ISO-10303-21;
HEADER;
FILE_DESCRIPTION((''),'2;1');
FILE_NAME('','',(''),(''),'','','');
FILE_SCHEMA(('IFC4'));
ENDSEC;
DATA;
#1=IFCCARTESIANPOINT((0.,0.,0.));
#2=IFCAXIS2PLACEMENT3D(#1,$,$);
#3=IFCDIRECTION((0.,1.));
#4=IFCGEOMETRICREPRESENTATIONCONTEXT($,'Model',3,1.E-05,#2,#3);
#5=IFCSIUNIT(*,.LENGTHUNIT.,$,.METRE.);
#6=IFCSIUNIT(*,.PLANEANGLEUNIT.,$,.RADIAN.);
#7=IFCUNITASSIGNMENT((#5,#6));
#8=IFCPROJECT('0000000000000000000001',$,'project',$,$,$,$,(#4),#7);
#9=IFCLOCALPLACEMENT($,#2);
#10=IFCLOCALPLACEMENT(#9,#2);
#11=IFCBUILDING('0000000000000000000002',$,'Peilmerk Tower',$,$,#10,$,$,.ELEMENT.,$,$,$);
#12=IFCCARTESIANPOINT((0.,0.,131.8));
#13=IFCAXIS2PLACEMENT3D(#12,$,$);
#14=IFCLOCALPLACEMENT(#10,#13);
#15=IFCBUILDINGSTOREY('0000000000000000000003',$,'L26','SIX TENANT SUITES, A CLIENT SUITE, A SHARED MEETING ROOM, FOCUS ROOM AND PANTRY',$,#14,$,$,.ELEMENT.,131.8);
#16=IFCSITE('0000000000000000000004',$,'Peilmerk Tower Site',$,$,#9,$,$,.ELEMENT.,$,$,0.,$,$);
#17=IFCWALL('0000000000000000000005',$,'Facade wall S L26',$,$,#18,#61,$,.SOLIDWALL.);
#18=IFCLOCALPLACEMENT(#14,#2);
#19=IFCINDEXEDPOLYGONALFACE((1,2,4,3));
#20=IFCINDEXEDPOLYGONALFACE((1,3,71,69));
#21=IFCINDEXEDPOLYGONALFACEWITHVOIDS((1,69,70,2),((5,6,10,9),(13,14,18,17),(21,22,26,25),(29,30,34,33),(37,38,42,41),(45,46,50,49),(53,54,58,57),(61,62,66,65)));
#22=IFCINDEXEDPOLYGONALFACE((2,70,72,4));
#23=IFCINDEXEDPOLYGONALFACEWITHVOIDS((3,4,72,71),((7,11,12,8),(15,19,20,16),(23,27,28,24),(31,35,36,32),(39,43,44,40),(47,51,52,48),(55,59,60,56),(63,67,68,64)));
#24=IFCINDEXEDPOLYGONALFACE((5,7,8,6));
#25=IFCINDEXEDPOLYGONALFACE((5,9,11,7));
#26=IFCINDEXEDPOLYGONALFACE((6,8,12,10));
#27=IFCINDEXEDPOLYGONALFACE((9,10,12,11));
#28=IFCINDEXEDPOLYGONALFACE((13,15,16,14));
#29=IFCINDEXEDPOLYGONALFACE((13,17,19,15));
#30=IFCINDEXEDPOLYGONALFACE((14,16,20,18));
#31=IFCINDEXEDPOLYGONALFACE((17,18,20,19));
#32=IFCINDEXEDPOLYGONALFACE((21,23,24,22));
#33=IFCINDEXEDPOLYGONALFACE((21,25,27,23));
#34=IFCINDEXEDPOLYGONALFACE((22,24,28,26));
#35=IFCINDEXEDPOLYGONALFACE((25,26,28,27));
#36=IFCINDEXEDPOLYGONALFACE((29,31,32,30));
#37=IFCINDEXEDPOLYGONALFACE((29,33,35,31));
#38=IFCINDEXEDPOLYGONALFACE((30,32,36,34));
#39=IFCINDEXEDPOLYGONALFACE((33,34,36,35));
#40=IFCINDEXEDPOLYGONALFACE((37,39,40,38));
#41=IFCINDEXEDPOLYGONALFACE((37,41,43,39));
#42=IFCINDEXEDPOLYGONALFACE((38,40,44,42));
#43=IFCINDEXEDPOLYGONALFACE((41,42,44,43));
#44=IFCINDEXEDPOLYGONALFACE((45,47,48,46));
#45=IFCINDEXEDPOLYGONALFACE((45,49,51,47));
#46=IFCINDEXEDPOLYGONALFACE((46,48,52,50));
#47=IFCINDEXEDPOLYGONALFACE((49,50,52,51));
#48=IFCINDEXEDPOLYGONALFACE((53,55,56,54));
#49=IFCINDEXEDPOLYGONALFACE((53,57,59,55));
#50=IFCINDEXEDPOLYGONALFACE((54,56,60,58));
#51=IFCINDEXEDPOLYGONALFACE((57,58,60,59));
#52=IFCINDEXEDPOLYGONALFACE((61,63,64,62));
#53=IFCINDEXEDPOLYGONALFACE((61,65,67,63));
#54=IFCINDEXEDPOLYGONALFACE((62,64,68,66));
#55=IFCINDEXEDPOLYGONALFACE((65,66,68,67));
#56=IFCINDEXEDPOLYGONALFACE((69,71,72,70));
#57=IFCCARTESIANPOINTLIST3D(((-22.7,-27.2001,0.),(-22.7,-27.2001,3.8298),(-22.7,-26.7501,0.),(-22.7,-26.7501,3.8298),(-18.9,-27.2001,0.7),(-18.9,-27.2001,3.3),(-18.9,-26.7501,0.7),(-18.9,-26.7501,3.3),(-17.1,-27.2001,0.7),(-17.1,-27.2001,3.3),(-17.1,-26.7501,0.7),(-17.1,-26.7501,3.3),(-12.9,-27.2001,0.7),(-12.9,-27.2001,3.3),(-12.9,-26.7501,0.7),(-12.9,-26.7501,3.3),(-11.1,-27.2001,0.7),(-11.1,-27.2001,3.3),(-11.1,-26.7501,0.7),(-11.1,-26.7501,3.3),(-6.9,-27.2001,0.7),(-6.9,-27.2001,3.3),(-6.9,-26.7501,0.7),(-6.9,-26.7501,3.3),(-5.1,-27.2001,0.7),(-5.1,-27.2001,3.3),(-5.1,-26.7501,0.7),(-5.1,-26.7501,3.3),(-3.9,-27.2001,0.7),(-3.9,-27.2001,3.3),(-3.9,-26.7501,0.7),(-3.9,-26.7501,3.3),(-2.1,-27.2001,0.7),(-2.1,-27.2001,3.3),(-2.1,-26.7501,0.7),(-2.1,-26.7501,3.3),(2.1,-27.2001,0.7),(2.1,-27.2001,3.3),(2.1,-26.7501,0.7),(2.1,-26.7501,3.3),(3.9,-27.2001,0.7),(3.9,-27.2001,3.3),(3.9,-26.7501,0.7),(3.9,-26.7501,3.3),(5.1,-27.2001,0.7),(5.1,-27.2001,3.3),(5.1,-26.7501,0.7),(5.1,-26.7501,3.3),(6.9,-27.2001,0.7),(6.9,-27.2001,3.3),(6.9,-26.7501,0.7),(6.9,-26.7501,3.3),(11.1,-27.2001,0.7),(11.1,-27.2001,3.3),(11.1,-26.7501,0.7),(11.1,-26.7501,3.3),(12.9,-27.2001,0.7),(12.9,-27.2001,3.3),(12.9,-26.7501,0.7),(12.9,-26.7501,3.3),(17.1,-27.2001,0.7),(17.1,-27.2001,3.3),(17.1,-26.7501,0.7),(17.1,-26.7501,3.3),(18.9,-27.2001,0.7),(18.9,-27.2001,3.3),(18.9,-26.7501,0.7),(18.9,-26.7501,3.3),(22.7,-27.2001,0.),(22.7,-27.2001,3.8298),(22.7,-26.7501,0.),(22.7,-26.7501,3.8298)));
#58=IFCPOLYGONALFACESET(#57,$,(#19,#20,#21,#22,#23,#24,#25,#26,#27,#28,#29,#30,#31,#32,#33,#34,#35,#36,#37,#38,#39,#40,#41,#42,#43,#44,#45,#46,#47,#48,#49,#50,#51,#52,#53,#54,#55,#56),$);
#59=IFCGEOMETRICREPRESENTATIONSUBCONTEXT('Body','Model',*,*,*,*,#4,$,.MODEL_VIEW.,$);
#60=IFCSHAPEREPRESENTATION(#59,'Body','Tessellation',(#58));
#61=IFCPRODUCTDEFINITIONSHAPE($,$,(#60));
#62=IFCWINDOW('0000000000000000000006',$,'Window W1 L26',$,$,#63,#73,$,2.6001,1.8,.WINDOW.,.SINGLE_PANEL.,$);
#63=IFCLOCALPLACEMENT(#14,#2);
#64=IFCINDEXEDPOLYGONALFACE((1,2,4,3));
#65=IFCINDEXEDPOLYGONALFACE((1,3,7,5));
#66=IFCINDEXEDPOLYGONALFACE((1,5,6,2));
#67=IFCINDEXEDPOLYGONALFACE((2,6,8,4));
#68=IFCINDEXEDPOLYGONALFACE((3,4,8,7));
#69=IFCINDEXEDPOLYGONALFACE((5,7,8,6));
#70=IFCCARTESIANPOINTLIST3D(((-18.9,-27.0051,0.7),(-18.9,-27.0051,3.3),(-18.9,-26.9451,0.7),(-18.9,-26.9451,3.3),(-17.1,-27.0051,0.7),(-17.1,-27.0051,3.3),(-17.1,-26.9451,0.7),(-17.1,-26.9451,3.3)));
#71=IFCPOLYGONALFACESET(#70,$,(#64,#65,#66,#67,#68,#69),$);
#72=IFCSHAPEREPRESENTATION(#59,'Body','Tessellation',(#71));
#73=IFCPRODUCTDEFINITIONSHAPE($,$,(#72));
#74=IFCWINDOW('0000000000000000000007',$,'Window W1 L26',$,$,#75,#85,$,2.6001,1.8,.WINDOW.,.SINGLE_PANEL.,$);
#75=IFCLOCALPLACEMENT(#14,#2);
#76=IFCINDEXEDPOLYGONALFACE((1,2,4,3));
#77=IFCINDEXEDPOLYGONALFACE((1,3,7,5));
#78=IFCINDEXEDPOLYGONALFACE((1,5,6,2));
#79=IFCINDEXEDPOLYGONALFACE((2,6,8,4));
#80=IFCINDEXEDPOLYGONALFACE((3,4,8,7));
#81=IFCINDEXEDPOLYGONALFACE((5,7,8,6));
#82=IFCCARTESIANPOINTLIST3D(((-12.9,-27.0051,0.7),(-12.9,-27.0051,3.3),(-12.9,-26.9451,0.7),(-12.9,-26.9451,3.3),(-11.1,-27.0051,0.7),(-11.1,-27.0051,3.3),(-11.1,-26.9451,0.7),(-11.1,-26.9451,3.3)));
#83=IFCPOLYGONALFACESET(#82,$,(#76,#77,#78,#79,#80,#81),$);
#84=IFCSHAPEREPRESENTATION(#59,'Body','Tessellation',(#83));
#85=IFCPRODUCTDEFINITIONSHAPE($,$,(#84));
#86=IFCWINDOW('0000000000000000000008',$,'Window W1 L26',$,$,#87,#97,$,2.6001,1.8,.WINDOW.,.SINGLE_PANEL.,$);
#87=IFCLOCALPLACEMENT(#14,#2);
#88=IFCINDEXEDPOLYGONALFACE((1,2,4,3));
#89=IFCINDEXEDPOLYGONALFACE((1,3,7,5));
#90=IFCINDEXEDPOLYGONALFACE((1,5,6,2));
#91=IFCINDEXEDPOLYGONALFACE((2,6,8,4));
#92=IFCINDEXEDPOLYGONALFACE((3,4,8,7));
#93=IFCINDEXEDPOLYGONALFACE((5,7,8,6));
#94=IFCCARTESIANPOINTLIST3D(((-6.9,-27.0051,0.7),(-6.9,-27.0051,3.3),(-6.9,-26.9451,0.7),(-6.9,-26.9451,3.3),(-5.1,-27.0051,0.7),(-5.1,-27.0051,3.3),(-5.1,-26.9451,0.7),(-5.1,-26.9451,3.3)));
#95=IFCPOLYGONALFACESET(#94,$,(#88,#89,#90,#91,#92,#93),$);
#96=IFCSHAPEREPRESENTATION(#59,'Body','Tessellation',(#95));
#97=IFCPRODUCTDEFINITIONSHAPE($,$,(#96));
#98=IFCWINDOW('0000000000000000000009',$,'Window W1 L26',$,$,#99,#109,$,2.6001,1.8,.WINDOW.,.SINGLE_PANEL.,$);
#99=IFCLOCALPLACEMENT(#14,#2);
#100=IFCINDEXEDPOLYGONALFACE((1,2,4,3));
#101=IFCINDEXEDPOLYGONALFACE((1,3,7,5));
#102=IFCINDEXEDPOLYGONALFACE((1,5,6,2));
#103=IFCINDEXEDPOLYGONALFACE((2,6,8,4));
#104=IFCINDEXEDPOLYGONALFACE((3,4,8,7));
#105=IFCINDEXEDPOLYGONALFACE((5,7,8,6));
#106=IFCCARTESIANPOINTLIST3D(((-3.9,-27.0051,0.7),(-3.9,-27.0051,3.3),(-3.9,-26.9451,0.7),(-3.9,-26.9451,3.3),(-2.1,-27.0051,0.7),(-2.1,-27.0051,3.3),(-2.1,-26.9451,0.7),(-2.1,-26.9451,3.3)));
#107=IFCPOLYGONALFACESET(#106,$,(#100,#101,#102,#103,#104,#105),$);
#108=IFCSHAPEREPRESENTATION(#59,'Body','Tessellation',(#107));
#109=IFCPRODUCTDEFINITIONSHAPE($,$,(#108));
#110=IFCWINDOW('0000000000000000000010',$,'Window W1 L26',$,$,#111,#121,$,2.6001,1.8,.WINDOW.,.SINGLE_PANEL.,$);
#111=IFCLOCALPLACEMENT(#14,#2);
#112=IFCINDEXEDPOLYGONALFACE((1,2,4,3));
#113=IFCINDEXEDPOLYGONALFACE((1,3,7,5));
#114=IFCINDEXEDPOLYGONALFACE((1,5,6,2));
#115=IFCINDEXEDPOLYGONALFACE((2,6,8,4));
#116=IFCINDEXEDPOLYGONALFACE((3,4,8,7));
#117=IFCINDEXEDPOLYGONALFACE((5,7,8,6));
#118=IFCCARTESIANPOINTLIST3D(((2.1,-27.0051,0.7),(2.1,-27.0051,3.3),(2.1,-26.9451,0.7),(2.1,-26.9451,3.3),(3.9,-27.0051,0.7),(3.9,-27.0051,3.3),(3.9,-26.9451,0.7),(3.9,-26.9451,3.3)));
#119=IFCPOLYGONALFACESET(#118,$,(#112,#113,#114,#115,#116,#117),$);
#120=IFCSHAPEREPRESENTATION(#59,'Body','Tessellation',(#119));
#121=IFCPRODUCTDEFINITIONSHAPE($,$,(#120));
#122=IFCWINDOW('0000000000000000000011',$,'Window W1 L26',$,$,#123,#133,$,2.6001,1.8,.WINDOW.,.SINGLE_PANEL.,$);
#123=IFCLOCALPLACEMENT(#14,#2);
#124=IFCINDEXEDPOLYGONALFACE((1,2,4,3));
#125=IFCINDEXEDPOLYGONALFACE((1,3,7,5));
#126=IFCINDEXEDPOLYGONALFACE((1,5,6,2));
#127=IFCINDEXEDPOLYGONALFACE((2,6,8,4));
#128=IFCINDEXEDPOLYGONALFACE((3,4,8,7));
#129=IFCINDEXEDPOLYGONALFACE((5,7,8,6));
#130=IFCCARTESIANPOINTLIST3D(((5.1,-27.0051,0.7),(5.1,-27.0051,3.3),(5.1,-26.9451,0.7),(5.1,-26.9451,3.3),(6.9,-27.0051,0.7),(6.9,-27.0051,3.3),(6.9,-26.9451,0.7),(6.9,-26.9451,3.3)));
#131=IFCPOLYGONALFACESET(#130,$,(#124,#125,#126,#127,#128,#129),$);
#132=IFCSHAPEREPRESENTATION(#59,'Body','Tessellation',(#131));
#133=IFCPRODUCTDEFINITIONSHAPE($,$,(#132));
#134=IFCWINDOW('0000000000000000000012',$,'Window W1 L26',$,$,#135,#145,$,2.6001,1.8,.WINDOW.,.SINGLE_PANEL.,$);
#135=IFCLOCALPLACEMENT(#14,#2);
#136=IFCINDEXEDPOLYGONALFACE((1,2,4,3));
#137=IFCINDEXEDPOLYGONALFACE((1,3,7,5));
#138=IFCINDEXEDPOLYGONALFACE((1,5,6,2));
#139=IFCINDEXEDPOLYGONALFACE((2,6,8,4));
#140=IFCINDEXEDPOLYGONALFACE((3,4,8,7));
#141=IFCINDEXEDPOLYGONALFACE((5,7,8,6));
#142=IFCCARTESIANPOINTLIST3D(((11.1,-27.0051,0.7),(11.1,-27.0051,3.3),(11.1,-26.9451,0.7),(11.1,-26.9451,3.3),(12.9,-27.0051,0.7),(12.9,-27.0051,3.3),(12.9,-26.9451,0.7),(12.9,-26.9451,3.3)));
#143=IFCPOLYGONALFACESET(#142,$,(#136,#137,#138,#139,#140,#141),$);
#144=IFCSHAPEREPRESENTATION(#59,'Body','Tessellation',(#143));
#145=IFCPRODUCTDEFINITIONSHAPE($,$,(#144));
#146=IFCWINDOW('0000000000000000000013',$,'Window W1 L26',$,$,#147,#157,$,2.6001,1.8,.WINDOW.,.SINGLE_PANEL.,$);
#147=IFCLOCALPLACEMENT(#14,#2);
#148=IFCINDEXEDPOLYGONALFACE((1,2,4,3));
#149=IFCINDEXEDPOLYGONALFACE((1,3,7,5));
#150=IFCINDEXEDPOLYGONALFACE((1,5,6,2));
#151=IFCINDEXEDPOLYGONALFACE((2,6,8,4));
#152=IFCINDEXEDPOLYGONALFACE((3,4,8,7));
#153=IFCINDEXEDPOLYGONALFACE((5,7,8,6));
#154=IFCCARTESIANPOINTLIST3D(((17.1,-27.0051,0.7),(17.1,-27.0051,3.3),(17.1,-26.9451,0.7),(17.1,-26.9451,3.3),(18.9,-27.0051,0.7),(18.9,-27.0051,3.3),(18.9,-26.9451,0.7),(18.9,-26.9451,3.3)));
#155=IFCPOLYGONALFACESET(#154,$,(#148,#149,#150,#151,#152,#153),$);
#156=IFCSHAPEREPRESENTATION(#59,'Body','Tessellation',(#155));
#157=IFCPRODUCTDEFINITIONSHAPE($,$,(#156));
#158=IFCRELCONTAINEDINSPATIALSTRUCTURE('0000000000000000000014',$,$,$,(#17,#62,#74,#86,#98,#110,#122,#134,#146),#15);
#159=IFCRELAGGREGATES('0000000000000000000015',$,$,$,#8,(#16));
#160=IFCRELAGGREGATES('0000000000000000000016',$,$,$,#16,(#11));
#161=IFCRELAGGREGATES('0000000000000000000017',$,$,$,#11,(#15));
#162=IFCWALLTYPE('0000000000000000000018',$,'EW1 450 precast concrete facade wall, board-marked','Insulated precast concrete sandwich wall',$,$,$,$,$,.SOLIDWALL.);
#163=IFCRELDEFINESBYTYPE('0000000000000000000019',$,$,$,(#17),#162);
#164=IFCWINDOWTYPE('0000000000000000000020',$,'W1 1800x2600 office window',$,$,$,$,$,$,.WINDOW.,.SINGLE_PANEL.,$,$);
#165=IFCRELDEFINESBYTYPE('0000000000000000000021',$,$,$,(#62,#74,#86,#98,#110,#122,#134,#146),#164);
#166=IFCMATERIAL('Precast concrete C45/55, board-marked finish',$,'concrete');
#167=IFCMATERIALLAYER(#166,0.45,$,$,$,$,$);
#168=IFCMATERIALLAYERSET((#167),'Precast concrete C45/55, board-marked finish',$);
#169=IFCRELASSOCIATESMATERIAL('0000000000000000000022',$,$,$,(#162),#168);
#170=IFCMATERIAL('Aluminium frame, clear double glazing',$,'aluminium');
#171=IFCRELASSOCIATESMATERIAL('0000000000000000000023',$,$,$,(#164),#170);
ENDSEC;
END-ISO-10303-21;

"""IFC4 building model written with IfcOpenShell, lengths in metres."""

from ifc_helpers import new_model, si_unit, direction, frame, frame_2d, origin, place, context, subcontext, project, spatial, rectangle, extrude, material, layer, layer_set, type_object, element, fill, save


model = new_model("IFC4")

# Units and contexts
model_context = context("Model", 3, precision=1e-05, world=origin(), true_north=direction((0.0, 1.0)))
body_context = subcontext(model_context, "Body", "Model", "MODEL_VIEW")
ifc_project = project(units=[si_unit("LENGTHUNIT", "METRE"), si_unit("PLANEANGLEUNIT", "RADIAN")], contexts=[model_context])

# Site, building, storey
site_placement = place(None, origin())
site = spatial("IfcSite", under=ifc_project, at=site_placement, Name="Peilmerk Tower Site", CompositionType="ELEMENT", RefElevation=0.0)
building_placement = place(site_placement, origin())
building = spatial("IfcBuilding", under=site, at=building_placement, Name="Peilmerk Tower", CompositionType="ELEMENT")
storey_placement = place(building_placement, frame((0.0, 0.0, 131.8)))
storey = spatial("IfcBuildingStorey", under=building, at=storey_placement, Name="L26", Description="SIX TENANT SUITES, A CLIENT SUITE, A SHARED MEETING ROOM, FOCUS ROOM AND PANTRY", CompositionType="ELEMENT", Elevation=131.8)

# Wall, openings, windows
ifc_material_1 = material(Name="Precast concrete C45/55, board-marked finish", Category="concrete")
ifc_layer_1 = layer(ifc_material_1, 0.45)
ifc_layer_set_1 = layer_set([ifc_layer_1], Name="Precast concrete C45/55, board-marked finish")
wall_type = type_object("IfcWallType", Name="EW1 450 precast concrete facade wall, board-marked", Description="Insulated precast concrete sandwich wall", PredefinedType="SOLIDWALL", material=ifc_layer_set_1)
wall_placement = place(storey_placement, frame((-22.7, -26.9751, 0.0), z_axis=(0.0, 0.0, 1.0), x_axis=(1.0, 0.0, 0.0)))
wall = element("IfcWall", 1, at=wall_placement, inside=storey, type_object=wall_type, Name="Facade wall S L26", PredefinedType="SOLIDWALL", context=body_context, shape_type="SweptSolid", body=[
    extrude(rectangle(XDim=45.3999, YDim=0.45, at=frame_2d((22.7, 0.0))), origin(), (0.0, 0.0, 1.0), 3.8298),
])
opening_1_placement = place(wall_placement, frame((3.8, 0.0, 0.7)))
opening_1 = element("IfcOpeningElement", 2, at=opening_1_placement, cuts=wall, PredefinedType="OPENING", context=body_context, shape_type="SweptSolid", body=[
    extrude(rectangle(XDim=1.8, YDim=2.6001, at=frame_2d((0.8999, 1.3))), frame((0.0, 0.2349, 0.0), z_axis=(0.0, -1.0, 0.0), x_axis=(1.0, 0.0, 0.0)), (0.0, 0.0, 1.0), 0.47),
])
opening_2_placement = place(wall_placement, frame((9.8, 0.0, 0.7)))
opening_2 = element("IfcOpeningElement", 3, at=opening_2_placement, cuts=wall, PredefinedType="OPENING", context=body_context, shape_type="SweptSolid", body=[
    extrude(rectangle(XDim=1.8, YDim=2.6001, at=frame_2d((0.8999, 1.3))), frame((0.0, 0.2349, 0.0), z_axis=(0.0, -1.0, 0.0), x_axis=(1.0, 0.0, 0.0)), (0.0, 0.0, 1.0), 0.47),
])
opening_3_placement = place(wall_placement, frame((15.8, 0.0, 0.7)))
opening_3 = element("IfcOpeningElement", 4, at=opening_3_placement, cuts=wall, PredefinedType="OPENING", context=body_context, shape_type="SweptSolid", body=[
    extrude(rectangle(XDim=1.8, YDim=2.6001, at=frame_2d((0.8999, 1.3))), frame((0.0, 0.2349, 0.0), z_axis=(0.0, -1.0, 0.0), x_axis=(1.0, 0.0, 0.0)), (0.0, 0.0, 1.0), 0.47),
])
opening_4_placement = place(wall_placement, frame((18.8, 0.0, 0.7)))
opening_4 = element("IfcOpeningElement", 5, at=opening_4_placement, cuts=wall, PredefinedType="OPENING", context=body_context, shape_type="SweptSolid", body=[
    extrude(rectangle(XDim=1.8, YDim=2.6001, at=frame_2d((0.8999, 1.3))), frame((0.0, 0.2349, 0.0), z_axis=(0.0, -1.0, 0.0), x_axis=(1.0, 0.0, 0.0)), (0.0, 0.0, 1.0), 0.47),
])
opening_5_placement = place(wall_placement, frame((24.8, 0.0, 0.7)))
opening_5 = element("IfcOpeningElement", 6, at=opening_5_placement, cuts=wall, PredefinedType="OPENING", context=body_context, shape_type="SweptSolid", body=[
    extrude(rectangle(XDim=1.8, YDim=2.6001, at=frame_2d((0.8999, 1.3))), frame((0.0, 0.2349, 0.0), z_axis=(0.0, -1.0, 0.0), x_axis=(1.0, 0.0, 0.0)), (0.0, 0.0, 1.0), 0.47),
])
opening_6_placement = place(wall_placement, frame((27.8, 0.0, 0.7)))
opening_6 = element("IfcOpeningElement", 7, at=opening_6_placement, cuts=wall, PredefinedType="OPENING", context=body_context, shape_type="SweptSolid", body=[
    extrude(rectangle(XDim=1.8, YDim=2.6001, at=frame_2d((0.8999, 1.3))), frame((0.0, 0.2349, 0.0), z_axis=(0.0, -1.0, 0.0), x_axis=(1.0, 0.0, 0.0)), (0.0, 0.0, 1.0), 0.47),
])
opening_7_placement = place(wall_placement, frame((33.8, 0.0, 0.7)))
opening_7 = element("IfcOpeningElement", 8, at=opening_7_placement, cuts=wall, PredefinedType="OPENING", context=body_context, shape_type="SweptSolid", body=[
    extrude(rectangle(XDim=1.8, YDim=2.6001, at=frame_2d((0.8999, 1.3))), frame((0.0, 0.2349, 0.0), z_axis=(0.0, -1.0, 0.0), x_axis=(1.0, 0.0, 0.0)), (0.0, 0.0, 1.0), 0.47),
])
opening_8_placement = place(wall_placement, frame((39.8, 0.0, 0.7)))
opening_8 = element("IfcOpeningElement", 9, at=opening_8_placement, cuts=wall, PredefinedType="OPENING", context=body_context, shape_type="SweptSolid", body=[
    extrude(rectangle(XDim=1.8, YDim=2.6001, at=frame_2d((0.8999, 1.3))), frame((0.0, 0.2349, 0.0), z_axis=(0.0, -1.0, 0.0), x_axis=(1.0, 0.0, 0.0)), (0.0, 0.0, 1.0), 0.47),
])
ifc_material_2 = material(Name="Aluminium frame, clear double glazing", Category="aluminium")
window_type = type_object("IfcWindowType", Name="W1 1800x2600 office window", PartitioningType="SINGLE_PANEL", PredefinedType="WINDOW", material=ifc_material_2)
window_1_placement = place(opening_1_placement, origin())
window_1 = element("IfcWindow", 10, at=window_1_placement, inside=storey, type_object=window_type, Name="Window W1 L26", OverallHeight=2.6001, OverallWidth=1.8, PartitioningType="SINGLE_PANEL", PredefinedType="WINDOW", context=body_context, shape_type="SweptSolid", body=[
    extrude(rectangle(XDim=1.8, YDim=2.6001, at=frame_2d((0.8999, 1.3))), frame((0.0, 0.03, 0.0), z_axis=(0.0, -1.0, 0.0), x_axis=(1.0, 0.0, 0.0)), (0.0, 0.0, 1.0), 0.0601),
])
fill(opening_1, window_1)
window_2_placement = place(opening_2_placement, origin())
window_2 = element("IfcWindow", 11, at=window_2_placement, inside=storey, type_object=window_type, Name="Window W1 L26", OverallHeight=2.6001, OverallWidth=1.8, PartitioningType="SINGLE_PANEL", PredefinedType="WINDOW", context=body_context, shape_type="SweptSolid", body=[
    extrude(rectangle(XDim=1.8, YDim=2.6001, at=frame_2d((0.8999, 1.3))), frame((0.0, 0.03, 0.0), z_axis=(0.0, -1.0, 0.0), x_axis=(1.0, 0.0, 0.0)), (0.0, 0.0, 1.0), 0.0601),
])
fill(opening_2, window_2)
window_3_placement = place(opening_3_placement, origin())
window_3 = element("IfcWindow", 12, at=window_3_placement, inside=storey, type_object=window_type, Name="Window W1 L26", OverallHeight=2.6001, OverallWidth=1.8, PartitioningType="SINGLE_PANEL", PredefinedType="WINDOW", context=body_context, shape_type="SweptSolid", body=[
    extrude(rectangle(XDim=1.8, YDim=2.6001, at=frame_2d((0.8999, 1.3))), frame((0.0, 0.03, 0.0), z_axis=(0.0, -1.0, 0.0), x_axis=(1.0, 0.0, 0.0)), (0.0, 0.0, 1.0), 0.0601),
])
fill(opening_3, window_3)
window_4_placement = place(opening_4_placement, origin())
window_4 = element("IfcWindow", 13, at=window_4_placement, inside=storey, type_object=window_type, Name="Window W1 L26", OverallHeight=2.6001, OverallWidth=1.8, PartitioningType="SINGLE_PANEL", PredefinedType="WINDOW", context=body_context, shape_type="SweptSolid", body=[
    extrude(rectangle(XDim=1.8, YDim=2.6001, at=frame_2d((0.8999, 1.3))), frame((0.0, 0.03, 0.0), z_axis=(0.0, -1.0, 0.0), x_axis=(1.0, 0.0, 0.0)), (0.0, 0.0, 1.0), 0.0601),
])
fill(opening_4, window_4)
window_5_placement = place(opening_5_placement, origin())
window_5 = element("IfcWindow", 14, at=window_5_placement, inside=storey, type_object=window_type, Name="Window W1 L26", OverallHeight=2.6001, OverallWidth=1.8, PartitioningType="SINGLE_PANEL", PredefinedType="WINDOW", context=body_context, shape_type="SweptSolid", body=[
    extrude(rectangle(XDim=1.8, YDim=2.6001, at=frame_2d((0.8999, 1.3))), frame((0.0, 0.03, 0.0), z_axis=(0.0, -1.0, 0.0), x_axis=(1.0, 0.0, 0.0)), (0.0, 0.0, 1.0), 0.0601),
])
fill(opening_5, window_5)
window_6_placement = place(opening_6_placement, origin())
window_6 = element("IfcWindow", 15, at=window_6_placement, inside=storey, type_object=window_type, Name="Window W1 L26", OverallHeight=2.6001, OverallWidth=1.8, PartitioningType="SINGLE_PANEL", PredefinedType="WINDOW", context=body_context, shape_type="SweptSolid", body=[
    extrude(rectangle(XDim=1.8, YDim=2.6001, at=frame_2d((0.8999, 1.3))), frame((0.0, 0.03, 0.0), z_axis=(0.0, -1.0, 0.0), x_axis=(1.0, 0.0, 0.0)), (0.0, 0.0, 1.0), 0.0601),
])
fill(opening_6, window_6)
window_7_placement = place(opening_7_placement, origin())
window_7 = element("IfcWindow", 16, at=window_7_placement, inside=storey, type_object=window_type, Name="Window W1 L26", OverallHeight=2.6001, OverallWidth=1.8, PartitioningType="SINGLE_PANEL", PredefinedType="WINDOW", context=body_context, shape_type="SweptSolid", body=[
    extrude(rectangle(XDim=1.8, YDim=2.6001, at=frame_2d((0.8999, 1.3))), frame((0.0, 0.03, 0.0), z_axis=(0.0, -1.0, 0.0), x_axis=(1.0, 0.0, 0.0)), (0.0, 0.0, 1.0), 0.0601),
])
fill(opening_7, window_7)
window_8_placement = place(opening_8_placement, origin())
window_8 = element("IfcWindow", 17, at=window_8_placement, inside=storey, type_object=window_type, Name="Window W1 L26", OverallHeight=2.6001, OverallWidth=1.8, PartitioningType="SINGLE_PANEL", PredefinedType="WINDOW", context=body_context, shape_type="SweptSolid", body=[
    extrude(rectangle(XDim=1.8, YDim=2.6001, at=frame_2d((0.8999, 1.3))), frame((0.0, 0.03, 0.0), z_axis=(0.0, -1.0, 0.0), x_axis=(1.0, 0.0, 0.0)), (0.0, 0.0, 1.0), 0.0601),
])
fill(opening_8, window_8)

save(model, "model.ifc")
